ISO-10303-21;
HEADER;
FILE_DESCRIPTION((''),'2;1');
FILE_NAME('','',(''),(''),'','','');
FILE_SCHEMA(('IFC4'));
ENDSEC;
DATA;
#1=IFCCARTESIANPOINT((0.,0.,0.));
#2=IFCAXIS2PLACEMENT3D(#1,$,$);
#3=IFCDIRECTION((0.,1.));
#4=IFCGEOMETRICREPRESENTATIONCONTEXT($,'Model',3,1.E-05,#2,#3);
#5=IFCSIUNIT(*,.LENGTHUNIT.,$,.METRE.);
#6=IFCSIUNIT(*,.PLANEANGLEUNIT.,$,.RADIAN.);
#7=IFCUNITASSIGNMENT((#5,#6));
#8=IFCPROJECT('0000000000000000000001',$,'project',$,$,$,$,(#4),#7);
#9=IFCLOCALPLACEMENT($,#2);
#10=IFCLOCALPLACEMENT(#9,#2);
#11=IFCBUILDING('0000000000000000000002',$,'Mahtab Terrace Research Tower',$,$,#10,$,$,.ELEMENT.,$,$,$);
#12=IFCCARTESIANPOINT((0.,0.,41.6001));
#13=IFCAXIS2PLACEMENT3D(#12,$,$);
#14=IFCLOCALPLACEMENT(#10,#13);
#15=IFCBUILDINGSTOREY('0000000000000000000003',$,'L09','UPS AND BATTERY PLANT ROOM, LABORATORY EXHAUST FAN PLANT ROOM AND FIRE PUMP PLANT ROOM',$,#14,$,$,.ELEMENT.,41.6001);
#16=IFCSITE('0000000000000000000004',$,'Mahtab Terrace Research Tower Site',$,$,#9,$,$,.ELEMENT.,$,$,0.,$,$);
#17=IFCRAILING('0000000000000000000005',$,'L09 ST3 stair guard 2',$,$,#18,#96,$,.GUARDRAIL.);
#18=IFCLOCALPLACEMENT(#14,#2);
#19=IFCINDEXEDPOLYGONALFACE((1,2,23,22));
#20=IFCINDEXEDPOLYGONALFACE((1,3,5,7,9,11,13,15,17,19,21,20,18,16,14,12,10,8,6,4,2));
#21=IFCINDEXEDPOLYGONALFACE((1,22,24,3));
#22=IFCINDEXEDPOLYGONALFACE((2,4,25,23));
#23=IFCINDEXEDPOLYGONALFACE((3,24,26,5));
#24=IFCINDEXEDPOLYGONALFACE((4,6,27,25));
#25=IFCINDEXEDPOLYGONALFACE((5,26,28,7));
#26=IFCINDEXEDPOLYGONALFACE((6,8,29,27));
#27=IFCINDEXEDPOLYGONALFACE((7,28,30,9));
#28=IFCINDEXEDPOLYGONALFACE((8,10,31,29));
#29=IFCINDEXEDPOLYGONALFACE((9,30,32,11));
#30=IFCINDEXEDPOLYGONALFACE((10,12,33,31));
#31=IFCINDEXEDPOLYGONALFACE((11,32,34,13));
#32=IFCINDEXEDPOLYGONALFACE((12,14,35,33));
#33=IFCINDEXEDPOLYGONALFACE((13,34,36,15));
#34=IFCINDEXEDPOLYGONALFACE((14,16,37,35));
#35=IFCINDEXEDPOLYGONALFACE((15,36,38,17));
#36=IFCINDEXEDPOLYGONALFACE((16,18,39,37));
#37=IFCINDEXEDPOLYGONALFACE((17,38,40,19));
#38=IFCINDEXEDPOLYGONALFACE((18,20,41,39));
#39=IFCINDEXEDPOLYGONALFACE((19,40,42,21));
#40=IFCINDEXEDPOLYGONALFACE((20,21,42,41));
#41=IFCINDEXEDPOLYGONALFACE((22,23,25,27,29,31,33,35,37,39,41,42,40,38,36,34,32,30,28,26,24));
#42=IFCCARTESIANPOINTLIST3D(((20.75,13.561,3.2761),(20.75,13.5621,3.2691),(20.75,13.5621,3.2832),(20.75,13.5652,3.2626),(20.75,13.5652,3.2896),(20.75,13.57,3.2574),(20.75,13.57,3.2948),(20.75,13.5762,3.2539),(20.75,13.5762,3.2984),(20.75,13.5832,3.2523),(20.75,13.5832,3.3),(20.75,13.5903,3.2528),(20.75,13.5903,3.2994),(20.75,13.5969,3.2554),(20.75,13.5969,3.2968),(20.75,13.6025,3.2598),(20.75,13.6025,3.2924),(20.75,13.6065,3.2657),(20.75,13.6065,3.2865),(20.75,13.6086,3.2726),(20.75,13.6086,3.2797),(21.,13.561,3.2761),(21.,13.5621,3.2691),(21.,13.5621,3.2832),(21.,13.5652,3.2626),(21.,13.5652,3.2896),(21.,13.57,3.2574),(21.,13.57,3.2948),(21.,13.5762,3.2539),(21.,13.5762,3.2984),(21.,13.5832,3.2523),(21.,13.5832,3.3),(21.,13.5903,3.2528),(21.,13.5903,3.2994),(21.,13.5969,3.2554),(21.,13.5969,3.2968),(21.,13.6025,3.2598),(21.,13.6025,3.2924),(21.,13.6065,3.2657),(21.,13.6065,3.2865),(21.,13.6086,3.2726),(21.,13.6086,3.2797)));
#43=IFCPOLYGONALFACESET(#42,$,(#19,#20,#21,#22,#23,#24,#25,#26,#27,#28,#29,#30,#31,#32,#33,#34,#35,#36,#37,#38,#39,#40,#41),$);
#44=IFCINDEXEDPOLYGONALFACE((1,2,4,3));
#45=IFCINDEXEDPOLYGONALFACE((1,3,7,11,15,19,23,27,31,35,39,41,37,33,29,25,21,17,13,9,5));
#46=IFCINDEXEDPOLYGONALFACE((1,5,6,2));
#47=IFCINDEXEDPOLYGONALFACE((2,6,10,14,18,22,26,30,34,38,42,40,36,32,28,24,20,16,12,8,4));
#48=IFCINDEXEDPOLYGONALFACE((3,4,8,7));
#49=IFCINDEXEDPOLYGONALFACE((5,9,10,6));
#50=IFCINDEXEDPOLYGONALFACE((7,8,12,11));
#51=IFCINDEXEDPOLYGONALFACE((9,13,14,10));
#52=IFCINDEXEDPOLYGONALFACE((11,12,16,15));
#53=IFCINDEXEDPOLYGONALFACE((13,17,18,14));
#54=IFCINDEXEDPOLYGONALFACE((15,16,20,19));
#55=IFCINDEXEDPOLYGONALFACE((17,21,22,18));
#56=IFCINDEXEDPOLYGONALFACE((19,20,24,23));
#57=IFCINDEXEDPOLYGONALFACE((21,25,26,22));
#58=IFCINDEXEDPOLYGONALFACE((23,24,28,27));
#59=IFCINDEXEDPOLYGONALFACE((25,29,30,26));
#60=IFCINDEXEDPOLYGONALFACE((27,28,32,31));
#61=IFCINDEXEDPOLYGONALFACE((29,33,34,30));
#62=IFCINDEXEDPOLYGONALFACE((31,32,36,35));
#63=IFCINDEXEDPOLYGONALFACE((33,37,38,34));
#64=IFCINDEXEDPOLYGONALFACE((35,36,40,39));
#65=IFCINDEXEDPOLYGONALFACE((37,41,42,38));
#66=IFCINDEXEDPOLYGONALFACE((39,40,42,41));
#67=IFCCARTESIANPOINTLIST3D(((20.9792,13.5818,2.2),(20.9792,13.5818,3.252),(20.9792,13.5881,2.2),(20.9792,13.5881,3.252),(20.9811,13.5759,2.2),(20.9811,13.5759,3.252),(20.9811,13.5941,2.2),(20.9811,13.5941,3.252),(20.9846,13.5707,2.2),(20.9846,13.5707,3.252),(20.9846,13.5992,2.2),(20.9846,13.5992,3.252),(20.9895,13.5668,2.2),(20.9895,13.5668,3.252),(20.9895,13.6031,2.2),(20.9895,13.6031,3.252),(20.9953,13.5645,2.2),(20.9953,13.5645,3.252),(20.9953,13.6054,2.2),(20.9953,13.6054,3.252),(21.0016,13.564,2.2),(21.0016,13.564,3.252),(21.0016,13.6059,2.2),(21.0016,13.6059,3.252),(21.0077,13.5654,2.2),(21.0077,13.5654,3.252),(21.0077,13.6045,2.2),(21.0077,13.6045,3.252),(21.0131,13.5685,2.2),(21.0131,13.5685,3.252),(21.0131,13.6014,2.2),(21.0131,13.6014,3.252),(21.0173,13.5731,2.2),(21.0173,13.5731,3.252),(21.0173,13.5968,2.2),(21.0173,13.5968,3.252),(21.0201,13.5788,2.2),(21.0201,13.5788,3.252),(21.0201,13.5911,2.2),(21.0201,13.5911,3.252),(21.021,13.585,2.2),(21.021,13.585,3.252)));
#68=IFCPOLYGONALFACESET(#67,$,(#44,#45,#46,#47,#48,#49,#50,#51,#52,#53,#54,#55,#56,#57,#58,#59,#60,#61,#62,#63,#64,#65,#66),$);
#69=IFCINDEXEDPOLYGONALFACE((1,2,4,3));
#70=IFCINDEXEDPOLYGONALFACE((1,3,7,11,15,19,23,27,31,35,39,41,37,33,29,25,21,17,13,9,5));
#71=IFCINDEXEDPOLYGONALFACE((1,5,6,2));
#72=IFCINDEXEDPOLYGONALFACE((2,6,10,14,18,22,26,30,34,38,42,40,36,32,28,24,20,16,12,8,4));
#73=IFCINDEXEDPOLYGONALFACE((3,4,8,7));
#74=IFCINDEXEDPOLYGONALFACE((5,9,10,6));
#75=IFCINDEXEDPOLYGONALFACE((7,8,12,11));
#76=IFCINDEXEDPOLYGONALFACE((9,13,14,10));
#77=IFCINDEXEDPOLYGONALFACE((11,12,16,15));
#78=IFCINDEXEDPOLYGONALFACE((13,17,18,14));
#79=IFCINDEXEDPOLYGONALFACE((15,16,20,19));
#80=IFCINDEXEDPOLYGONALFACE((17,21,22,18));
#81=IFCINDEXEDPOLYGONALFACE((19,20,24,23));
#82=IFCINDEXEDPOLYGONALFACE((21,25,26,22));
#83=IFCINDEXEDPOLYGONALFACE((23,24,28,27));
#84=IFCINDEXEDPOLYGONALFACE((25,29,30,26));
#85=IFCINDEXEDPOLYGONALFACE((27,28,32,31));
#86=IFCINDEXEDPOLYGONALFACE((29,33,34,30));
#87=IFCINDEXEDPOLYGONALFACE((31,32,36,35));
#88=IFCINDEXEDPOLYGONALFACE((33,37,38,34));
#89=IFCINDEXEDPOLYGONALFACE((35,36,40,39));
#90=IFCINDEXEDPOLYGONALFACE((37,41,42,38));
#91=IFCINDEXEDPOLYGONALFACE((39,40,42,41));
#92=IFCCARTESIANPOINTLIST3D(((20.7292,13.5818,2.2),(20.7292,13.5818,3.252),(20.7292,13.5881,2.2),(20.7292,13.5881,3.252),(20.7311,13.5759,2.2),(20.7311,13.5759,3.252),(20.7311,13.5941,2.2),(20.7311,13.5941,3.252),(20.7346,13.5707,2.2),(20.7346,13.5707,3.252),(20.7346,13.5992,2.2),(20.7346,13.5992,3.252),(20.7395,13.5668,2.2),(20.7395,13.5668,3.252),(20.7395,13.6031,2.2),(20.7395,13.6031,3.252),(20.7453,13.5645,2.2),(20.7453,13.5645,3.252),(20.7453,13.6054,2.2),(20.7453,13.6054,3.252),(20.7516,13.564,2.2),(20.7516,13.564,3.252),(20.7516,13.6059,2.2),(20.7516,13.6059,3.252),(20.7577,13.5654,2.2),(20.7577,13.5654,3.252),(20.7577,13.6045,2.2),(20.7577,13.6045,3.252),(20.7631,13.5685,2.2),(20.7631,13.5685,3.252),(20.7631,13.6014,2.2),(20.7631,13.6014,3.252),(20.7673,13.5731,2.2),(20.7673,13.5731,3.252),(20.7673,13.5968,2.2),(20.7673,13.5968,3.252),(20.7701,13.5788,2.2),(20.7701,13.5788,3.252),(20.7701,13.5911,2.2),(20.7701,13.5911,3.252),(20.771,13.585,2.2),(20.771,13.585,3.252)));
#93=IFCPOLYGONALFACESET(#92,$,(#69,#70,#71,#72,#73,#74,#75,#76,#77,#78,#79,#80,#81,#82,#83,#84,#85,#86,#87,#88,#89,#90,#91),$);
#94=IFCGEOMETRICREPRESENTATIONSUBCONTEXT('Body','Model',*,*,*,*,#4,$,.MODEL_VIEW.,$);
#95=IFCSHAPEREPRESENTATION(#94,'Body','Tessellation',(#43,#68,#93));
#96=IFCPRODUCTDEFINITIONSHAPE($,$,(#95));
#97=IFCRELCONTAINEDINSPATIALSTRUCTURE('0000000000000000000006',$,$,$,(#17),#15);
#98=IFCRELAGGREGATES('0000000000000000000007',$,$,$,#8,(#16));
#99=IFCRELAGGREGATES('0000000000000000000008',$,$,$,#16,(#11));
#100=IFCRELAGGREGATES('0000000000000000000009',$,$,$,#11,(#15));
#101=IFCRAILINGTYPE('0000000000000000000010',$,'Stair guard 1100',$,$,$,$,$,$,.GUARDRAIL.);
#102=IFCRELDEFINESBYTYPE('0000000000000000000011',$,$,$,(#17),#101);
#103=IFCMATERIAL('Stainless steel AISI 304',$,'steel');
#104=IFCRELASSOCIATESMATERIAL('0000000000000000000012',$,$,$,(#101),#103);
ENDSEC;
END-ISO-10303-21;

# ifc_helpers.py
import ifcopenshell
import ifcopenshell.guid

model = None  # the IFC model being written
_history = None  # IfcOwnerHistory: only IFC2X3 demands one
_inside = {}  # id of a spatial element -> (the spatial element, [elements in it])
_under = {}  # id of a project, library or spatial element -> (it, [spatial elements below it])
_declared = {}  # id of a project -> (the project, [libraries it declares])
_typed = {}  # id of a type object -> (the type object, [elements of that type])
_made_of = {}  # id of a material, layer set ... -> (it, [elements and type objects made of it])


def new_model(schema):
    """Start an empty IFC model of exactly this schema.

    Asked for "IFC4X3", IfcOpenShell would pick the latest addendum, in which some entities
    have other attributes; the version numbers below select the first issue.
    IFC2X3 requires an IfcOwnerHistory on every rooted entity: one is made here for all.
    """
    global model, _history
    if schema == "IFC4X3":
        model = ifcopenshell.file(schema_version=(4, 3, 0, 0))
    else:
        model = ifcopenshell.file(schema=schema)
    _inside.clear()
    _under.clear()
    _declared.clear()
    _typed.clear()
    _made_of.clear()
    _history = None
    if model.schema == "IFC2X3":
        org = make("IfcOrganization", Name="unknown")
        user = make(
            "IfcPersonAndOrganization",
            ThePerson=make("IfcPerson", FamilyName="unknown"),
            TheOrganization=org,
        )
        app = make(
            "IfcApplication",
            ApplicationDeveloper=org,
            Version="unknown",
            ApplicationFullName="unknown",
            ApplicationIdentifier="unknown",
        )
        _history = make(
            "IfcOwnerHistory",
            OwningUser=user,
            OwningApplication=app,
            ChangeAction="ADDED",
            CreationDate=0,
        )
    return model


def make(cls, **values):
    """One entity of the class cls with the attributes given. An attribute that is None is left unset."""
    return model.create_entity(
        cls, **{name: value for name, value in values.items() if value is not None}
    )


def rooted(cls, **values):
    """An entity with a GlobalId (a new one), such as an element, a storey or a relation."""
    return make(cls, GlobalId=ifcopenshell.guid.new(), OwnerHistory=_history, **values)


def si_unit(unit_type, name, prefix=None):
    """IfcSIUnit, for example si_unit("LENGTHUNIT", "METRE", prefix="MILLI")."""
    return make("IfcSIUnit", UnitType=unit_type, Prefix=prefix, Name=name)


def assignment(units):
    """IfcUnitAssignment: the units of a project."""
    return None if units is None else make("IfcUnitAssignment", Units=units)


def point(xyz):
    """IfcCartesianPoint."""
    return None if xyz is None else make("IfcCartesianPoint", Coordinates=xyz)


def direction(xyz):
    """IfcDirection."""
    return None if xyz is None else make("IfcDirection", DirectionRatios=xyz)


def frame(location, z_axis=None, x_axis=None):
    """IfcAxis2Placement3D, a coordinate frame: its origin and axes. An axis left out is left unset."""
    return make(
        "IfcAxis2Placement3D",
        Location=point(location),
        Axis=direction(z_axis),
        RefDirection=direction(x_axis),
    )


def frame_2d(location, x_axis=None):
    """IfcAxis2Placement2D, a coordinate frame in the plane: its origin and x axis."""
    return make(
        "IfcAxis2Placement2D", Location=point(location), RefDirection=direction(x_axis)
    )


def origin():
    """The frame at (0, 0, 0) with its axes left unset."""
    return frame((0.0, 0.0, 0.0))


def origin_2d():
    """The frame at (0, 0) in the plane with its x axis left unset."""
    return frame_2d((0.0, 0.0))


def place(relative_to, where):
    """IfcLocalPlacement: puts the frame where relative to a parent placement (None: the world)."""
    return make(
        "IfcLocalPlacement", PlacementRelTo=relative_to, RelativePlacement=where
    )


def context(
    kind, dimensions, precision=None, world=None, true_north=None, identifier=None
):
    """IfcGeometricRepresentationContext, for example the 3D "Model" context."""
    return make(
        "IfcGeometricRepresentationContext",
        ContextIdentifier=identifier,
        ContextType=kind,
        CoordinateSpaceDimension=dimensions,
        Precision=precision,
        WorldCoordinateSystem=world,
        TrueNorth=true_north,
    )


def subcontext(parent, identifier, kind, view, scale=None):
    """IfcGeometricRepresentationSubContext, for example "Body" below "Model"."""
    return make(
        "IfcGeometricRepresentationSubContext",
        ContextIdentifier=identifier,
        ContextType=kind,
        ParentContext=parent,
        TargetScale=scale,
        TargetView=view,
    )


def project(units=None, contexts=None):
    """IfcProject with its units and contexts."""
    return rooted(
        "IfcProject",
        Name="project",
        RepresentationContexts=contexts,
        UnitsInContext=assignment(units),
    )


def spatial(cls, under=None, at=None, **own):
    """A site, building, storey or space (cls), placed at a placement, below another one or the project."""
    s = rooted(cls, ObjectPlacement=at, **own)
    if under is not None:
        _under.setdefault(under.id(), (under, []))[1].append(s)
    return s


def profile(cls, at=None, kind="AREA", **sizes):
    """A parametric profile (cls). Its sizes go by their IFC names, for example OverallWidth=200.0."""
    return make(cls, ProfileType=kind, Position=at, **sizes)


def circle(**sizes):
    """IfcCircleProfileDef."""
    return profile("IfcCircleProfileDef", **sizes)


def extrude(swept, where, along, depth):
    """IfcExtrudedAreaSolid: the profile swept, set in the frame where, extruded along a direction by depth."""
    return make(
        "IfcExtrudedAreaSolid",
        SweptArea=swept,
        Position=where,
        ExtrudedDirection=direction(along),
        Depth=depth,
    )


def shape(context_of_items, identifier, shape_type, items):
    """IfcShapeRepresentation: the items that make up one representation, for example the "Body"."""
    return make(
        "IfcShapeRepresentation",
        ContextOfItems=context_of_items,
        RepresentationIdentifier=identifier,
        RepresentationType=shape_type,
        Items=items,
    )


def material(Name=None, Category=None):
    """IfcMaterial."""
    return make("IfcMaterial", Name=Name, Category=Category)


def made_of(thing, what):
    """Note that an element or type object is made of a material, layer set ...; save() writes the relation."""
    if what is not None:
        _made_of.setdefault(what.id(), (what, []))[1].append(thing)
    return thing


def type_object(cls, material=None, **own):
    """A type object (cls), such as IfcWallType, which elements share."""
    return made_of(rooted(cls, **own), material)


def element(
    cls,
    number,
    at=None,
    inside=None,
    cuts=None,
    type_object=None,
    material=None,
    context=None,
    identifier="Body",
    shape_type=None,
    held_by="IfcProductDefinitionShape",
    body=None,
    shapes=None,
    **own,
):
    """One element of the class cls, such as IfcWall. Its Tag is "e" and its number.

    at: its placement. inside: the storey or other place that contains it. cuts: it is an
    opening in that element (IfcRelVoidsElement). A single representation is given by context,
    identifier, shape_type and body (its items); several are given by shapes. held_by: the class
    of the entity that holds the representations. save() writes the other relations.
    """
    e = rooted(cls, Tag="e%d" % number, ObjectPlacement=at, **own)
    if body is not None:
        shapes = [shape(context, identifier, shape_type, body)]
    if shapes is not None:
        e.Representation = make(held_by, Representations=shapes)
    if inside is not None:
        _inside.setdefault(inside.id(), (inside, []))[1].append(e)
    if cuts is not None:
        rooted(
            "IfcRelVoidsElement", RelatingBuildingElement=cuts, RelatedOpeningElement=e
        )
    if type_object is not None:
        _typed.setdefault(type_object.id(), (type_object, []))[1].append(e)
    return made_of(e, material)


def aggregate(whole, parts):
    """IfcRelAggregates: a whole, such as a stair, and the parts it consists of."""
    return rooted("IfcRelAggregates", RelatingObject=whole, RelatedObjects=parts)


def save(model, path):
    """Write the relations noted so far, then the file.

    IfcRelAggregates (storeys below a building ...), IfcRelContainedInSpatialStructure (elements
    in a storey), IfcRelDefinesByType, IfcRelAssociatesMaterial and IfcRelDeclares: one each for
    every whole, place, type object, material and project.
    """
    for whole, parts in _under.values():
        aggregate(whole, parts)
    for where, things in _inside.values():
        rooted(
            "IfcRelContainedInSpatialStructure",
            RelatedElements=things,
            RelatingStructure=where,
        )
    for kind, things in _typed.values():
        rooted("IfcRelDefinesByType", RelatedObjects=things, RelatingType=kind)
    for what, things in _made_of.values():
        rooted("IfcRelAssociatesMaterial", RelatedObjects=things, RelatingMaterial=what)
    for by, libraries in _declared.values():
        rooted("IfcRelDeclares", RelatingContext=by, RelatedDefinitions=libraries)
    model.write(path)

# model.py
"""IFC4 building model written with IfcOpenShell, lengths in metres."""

from ifc_helpers import new_model, si_unit, direction, frame, origin, origin_2d, place, context, subcontext, project, spatial, circle, extrude, material, type_object, element, save


model = new_model("IFC4")

# Units and contexts
model_context = context("Model", 3, precision=1e-05, world=origin(), true_north=direction((0.0, 1.0)))
body_context = subcontext(model_context, "Body", "Model", "MODEL_VIEW")
ifc_project = project(units=[si_unit("LENGTHUNIT", "METRE"), si_unit("PLANEANGLEUNIT", "RADIAN")], contexts=[model_context])

# Site, building, storey
site_placement = place(None, origin())
site = spatial("IfcSite", under=ifc_project, at=site_placement, Name="Mahtab Terrace Research Tower Site", CompositionType="ELEMENT", RefElevation=0.0)
building_placement = place(site_placement, origin())
building = spatial("IfcBuilding", under=site, at=building_placement, Name="Mahtab Terrace Research Tower", CompositionType="ELEMENT")
storey_placement = place(building_placement, frame((0.0, 0.0, 41.6001)))
storey = spatial("IfcBuildingStorey", under=building, at=storey_placement, Name="L09", Description="UPS AND BATTERY PLANT ROOM, LABORATORY EXHAUST FAN PLANT ROOM AND FIRE PUMP PLANT ROOM", CompositionType="ELEMENT", Elevation=41.6001)

# Shared definitions
ifc_material_1 = material(Name="Stainless steel AISI 304", Category="steel")

# Railing
railing_type = type_object("IfcRailingType", Name="Stair guard 1100", PredefinedType="GUARDRAIL", material=ifc_material_1)
railing_1_placement = place(storey_placement, frame((21.0, 13.585, 2.2)))
element("IfcRailing", 1, at=railing_1_placement, inside=storey, type_object=railing_type, Name="L09 ST3 stair guard 2", PredefinedType="GUARDRAIL", context=body_context, shape_type="SweptSolid", body=[
    extrude(circle(Radius=0.0239, at=origin_2d()), frame((0.0, 0.0, 1.0762), z_axis=(-1.0, 0.0, 0.0), x_axis=(0.0, -1.0, 0.0)), (0.0, 0.0, 1.0), 0.25),
    extrude(circle(Radius=0.021, at=origin_2d()), origin(), (0.0, 0.0, 1.0), 1.052),
    extrude(circle(Radius=0.021, at=origin_2d()), frame((-0.25, 0.0, 0.0)), (0.0, 0.0, 1.0), 1.052),
])

save(model, "model.ifc")
